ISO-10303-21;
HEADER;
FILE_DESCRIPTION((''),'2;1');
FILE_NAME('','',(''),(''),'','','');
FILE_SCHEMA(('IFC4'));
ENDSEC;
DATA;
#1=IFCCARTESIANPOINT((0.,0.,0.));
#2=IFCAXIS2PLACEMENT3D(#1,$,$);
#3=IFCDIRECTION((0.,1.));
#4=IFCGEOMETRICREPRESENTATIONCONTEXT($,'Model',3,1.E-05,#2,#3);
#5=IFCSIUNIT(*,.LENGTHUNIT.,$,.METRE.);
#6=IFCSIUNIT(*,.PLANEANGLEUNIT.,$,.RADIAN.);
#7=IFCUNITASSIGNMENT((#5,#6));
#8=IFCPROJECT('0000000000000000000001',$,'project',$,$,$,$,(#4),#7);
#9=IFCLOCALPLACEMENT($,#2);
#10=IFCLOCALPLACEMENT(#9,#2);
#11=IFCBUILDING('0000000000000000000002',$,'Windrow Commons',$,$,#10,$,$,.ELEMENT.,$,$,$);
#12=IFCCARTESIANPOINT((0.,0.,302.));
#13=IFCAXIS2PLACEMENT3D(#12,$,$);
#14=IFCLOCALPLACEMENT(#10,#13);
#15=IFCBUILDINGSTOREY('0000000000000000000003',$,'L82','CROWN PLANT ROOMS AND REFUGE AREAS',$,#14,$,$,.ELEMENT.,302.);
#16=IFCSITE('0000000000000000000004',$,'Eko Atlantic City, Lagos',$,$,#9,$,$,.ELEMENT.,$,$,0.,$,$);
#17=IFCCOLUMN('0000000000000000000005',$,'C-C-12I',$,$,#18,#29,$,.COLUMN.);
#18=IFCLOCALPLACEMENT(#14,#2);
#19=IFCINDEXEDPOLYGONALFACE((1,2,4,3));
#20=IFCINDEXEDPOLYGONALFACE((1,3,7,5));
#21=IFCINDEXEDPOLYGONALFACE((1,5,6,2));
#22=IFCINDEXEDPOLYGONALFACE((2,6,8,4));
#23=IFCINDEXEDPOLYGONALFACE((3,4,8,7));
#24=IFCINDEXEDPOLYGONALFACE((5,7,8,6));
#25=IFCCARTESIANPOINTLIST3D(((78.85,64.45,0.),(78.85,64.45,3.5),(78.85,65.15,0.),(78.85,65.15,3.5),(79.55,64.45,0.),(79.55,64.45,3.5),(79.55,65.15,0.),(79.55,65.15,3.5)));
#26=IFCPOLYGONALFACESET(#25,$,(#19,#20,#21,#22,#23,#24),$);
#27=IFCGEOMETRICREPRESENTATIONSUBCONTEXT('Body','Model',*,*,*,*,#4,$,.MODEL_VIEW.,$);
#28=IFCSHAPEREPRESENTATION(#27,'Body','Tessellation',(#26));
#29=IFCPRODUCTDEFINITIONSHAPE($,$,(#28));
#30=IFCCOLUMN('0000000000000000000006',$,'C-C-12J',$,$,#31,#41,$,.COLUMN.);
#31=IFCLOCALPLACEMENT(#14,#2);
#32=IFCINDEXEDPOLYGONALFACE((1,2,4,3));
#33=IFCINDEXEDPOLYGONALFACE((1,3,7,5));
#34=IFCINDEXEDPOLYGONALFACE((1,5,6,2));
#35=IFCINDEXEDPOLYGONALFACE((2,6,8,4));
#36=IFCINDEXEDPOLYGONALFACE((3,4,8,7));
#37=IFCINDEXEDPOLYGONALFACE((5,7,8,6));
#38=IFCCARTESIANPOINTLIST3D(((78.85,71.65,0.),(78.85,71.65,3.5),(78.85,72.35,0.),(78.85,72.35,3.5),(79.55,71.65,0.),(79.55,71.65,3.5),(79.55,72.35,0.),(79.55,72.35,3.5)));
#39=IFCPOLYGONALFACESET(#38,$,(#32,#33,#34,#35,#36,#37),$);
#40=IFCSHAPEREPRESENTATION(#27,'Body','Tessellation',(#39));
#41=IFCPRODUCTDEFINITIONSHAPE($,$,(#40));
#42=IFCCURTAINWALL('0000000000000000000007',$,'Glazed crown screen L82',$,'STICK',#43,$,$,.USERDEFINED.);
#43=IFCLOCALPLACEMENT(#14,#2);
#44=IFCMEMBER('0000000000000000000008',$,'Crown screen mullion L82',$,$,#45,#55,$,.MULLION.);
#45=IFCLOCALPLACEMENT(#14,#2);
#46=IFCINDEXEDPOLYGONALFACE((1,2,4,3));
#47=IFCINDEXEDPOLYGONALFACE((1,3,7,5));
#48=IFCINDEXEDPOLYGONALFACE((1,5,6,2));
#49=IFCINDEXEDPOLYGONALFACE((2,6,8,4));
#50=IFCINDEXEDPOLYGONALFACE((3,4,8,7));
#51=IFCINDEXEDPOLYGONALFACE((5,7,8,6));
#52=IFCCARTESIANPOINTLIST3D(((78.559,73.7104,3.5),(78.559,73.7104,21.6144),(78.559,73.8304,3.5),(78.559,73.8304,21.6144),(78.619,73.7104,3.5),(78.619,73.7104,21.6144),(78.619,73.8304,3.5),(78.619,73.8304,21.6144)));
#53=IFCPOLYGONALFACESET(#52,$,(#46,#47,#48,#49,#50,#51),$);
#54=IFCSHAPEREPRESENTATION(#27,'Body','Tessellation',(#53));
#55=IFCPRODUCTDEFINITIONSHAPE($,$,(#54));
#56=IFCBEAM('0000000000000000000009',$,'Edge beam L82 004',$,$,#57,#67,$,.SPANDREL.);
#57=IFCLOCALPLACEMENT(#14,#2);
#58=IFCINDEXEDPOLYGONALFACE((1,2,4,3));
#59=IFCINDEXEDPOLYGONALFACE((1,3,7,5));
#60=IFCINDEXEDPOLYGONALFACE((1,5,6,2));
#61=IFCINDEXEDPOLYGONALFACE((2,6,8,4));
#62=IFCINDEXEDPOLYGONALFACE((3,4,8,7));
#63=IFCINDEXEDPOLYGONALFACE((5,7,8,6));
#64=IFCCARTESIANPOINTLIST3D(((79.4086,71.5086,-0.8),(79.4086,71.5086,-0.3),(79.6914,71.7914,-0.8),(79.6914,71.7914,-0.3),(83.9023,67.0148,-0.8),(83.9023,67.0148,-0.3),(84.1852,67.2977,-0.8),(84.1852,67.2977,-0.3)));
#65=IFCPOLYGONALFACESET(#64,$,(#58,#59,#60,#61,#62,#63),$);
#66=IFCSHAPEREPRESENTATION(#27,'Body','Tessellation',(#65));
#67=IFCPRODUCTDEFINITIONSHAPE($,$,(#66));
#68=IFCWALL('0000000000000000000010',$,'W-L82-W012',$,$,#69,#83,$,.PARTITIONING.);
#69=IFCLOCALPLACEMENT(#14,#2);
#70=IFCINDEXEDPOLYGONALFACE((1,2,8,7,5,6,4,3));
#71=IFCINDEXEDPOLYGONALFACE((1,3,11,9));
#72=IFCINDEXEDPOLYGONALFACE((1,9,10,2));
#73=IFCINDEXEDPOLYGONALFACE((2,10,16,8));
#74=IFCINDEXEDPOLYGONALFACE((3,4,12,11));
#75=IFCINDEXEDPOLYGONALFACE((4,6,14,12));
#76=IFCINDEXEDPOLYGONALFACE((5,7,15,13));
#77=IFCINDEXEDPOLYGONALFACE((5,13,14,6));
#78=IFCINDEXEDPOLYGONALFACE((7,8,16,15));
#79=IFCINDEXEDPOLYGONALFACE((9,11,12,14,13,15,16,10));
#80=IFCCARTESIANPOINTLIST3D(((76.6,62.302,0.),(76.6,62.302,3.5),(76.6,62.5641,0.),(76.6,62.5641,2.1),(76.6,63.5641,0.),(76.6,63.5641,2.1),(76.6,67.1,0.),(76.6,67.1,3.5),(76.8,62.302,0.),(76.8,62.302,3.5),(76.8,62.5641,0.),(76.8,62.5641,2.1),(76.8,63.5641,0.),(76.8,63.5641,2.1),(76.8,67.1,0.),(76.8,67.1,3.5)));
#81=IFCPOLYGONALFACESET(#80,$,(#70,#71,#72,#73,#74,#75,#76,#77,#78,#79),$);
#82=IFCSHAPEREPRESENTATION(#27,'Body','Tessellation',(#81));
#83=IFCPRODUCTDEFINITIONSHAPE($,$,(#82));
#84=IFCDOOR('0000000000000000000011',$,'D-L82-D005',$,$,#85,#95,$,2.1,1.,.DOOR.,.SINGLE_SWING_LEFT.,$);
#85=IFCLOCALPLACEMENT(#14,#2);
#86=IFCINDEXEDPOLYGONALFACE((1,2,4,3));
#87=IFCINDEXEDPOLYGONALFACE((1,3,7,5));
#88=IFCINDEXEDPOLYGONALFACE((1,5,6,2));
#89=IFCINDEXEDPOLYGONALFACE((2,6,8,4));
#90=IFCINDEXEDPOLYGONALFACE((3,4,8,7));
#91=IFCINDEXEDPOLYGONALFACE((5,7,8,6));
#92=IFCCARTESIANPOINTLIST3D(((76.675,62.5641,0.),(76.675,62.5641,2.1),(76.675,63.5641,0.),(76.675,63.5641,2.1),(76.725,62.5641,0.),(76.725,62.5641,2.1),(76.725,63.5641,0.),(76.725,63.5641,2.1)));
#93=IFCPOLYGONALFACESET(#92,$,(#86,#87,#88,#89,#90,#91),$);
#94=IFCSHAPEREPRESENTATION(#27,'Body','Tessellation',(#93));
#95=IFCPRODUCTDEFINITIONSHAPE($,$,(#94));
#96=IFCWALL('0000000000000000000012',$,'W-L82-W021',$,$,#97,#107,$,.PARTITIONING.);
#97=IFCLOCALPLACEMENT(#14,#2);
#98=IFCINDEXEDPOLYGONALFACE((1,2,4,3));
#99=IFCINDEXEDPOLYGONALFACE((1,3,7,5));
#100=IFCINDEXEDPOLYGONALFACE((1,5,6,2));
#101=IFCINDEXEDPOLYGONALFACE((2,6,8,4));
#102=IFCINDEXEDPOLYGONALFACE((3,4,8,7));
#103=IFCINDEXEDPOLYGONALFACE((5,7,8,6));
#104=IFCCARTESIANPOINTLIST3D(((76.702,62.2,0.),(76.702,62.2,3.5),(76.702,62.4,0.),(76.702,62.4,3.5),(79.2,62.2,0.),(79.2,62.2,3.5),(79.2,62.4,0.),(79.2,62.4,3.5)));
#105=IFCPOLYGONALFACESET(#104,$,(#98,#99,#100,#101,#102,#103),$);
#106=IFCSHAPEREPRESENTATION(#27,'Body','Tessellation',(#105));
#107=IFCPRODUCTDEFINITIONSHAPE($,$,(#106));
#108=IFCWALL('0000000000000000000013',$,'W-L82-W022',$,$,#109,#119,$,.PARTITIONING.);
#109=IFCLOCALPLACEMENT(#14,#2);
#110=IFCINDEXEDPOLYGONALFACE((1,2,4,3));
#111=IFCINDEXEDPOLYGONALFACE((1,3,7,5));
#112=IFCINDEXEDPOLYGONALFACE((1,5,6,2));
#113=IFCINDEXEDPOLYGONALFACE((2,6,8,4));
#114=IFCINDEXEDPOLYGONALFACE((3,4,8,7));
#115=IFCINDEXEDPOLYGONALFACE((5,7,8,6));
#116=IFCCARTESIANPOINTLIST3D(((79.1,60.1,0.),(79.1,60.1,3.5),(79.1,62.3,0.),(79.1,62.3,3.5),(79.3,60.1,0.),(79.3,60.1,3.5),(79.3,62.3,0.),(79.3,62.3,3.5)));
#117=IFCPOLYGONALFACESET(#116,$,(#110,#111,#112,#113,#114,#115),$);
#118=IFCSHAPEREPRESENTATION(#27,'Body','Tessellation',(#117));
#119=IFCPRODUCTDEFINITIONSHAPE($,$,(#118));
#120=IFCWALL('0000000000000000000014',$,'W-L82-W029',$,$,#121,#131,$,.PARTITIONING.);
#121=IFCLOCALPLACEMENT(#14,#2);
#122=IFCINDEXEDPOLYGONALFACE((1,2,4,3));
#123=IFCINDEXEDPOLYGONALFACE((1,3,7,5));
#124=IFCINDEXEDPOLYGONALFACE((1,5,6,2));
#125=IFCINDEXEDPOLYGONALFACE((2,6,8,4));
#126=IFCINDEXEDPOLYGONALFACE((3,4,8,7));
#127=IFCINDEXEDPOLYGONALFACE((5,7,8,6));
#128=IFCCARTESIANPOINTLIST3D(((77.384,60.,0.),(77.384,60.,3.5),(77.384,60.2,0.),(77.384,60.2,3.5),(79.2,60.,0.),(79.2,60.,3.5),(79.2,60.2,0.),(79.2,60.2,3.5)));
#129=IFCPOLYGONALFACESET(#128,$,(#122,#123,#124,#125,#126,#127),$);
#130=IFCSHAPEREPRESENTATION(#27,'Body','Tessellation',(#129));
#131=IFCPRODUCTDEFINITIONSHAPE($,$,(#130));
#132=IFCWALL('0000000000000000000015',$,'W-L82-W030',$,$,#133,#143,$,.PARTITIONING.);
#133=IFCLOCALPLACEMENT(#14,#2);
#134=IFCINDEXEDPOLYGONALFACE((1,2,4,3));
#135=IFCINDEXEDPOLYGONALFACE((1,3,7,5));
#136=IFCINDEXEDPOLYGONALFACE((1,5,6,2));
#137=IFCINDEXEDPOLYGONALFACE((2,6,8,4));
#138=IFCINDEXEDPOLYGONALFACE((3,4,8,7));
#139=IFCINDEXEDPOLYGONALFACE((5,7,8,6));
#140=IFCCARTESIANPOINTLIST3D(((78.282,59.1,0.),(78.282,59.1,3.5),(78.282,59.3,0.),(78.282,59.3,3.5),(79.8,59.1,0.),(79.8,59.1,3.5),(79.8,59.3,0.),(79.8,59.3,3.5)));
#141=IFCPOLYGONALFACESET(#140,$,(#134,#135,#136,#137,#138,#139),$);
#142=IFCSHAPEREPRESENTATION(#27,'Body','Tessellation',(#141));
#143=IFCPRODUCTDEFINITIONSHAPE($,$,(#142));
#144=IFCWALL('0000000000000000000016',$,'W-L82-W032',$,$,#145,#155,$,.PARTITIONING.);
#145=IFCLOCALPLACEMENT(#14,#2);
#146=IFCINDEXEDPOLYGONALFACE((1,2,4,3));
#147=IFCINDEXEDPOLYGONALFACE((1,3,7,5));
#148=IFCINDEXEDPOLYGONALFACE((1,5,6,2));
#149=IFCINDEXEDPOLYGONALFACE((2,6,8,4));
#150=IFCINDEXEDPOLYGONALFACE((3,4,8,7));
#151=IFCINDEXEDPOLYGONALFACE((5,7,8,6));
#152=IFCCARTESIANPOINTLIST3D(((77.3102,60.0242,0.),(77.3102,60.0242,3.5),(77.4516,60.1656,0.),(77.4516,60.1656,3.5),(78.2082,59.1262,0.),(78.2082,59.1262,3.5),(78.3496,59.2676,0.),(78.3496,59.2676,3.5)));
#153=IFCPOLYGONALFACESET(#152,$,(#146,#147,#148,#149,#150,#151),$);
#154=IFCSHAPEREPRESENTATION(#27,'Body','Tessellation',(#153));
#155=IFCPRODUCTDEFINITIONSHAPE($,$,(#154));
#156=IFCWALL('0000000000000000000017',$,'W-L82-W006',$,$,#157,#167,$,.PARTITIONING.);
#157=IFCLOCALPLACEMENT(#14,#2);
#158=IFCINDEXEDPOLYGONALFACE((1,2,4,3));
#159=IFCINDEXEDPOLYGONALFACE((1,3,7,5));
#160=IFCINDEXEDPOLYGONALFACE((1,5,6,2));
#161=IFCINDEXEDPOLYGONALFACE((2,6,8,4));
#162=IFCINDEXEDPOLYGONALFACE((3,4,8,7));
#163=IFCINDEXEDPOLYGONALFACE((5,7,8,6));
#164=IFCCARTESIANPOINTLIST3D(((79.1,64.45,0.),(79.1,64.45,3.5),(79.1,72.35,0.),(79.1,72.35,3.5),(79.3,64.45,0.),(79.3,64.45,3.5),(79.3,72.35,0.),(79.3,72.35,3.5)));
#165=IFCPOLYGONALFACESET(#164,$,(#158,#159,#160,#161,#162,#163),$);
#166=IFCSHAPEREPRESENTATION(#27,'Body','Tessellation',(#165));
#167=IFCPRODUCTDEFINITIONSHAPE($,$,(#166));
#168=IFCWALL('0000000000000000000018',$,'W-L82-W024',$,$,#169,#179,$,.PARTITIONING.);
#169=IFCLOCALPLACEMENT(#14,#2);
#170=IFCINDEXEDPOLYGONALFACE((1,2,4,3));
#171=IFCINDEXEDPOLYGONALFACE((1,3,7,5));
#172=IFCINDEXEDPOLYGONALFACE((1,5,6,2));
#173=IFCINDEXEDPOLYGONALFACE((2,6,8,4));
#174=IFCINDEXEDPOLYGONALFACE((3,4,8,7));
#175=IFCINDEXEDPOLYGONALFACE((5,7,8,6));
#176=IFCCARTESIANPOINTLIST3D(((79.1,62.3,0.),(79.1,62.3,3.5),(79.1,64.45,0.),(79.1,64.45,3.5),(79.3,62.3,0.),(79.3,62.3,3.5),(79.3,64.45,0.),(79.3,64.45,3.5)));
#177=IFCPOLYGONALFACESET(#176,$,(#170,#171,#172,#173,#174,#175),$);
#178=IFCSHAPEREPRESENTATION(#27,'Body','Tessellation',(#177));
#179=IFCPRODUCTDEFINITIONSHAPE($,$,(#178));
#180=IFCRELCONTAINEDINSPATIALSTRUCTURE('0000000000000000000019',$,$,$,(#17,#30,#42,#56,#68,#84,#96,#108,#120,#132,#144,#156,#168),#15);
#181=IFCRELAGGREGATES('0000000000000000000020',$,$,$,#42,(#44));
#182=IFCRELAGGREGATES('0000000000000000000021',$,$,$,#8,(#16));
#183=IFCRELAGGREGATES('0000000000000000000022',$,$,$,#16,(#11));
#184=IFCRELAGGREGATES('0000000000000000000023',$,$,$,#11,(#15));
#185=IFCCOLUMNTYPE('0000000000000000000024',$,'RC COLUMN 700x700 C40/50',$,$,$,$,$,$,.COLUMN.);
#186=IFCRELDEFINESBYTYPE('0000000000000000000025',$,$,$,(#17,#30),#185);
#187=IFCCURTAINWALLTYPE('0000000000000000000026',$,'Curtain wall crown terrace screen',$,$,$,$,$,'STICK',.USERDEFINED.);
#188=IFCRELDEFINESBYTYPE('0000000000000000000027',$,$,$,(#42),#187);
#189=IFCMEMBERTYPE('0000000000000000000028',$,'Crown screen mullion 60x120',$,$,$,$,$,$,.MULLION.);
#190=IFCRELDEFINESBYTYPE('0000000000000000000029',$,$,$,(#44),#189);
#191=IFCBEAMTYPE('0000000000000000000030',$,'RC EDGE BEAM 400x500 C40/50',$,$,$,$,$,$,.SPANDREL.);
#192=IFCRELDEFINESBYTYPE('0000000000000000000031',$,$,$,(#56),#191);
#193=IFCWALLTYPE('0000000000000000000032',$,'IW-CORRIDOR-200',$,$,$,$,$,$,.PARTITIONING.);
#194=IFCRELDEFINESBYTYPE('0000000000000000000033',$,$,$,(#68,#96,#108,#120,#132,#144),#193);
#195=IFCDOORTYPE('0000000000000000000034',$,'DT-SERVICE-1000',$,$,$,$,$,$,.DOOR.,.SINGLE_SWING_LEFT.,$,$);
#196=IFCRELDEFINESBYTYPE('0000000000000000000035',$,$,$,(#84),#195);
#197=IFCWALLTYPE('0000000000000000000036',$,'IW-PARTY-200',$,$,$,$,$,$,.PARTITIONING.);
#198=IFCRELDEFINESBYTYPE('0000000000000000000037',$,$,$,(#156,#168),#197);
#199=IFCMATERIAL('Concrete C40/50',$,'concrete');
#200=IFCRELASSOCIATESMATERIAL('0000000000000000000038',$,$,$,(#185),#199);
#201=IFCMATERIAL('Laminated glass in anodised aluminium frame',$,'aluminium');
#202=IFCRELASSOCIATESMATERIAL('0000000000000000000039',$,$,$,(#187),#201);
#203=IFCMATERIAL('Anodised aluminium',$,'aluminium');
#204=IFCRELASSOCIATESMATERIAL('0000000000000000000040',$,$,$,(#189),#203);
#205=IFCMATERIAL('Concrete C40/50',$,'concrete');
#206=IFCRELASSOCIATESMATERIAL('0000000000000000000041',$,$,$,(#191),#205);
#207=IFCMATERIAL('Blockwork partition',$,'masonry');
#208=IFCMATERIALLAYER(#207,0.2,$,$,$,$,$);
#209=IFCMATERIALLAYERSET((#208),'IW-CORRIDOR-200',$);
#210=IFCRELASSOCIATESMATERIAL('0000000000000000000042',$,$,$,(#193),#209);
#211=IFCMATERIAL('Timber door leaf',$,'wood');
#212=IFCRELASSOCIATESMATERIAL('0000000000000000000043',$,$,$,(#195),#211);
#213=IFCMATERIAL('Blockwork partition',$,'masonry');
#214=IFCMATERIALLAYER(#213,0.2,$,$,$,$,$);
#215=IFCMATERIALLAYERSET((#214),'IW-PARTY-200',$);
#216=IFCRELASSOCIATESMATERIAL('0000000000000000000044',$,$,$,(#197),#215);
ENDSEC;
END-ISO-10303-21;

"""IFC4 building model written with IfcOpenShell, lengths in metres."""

from ifc_helpers import new_model, si_unit, direction, frame, frame_2d, origin, origin_2d, place, context, subcontext, project, spatial, rectangle, extrude, material, layer, layer_set, material_profile, profile_set, type_object, element, fill, aggregate, save


model = new_model("IFC4")

# Units and contexts
model_context = context("Model", 3, precision=1e-05, world=origin(), true_north=direction((0.0, 1.0)))
body_context = subcontext(model_context, "Body", "Model", "MODEL_VIEW")
ifc_project = project(units=[si_unit("LENGTHUNIT", "METRE"), si_unit("PLANEANGLEUNIT", "RADIAN")], contexts=[model_context])

# Site, building, storey
site_placement = place(None, origin())
site = spatial("IfcSite", under=ifc_project, at=site_placement, Name="Eko Atlantic City, Lagos", CompositionType="ELEMENT", RefElevation=0.0)
building_placement = place(site_placement, origin())
building = spatial("IfcBuilding", under=site, at=building_placement, Name="Windrow Commons", CompositionType="ELEMENT")
storey_placement = place(building_placement, frame((0.0, 0.0, 302.0)))
storey = spatial("IfcBuildingStorey", under=building, at=storey_placement, Name="L82", Description="CROWN PLANT ROOMS AND REFUGE AREAS", CompositionType="ELEMENT", Elevation=302.0)

# Columns
ifc_material_1 = material(Name="Concrete C40/50", Category="concrete")
ifc_material_profile_1 = material_profile(ifc_material_1, rectangle(XDim=0.7, YDim=0.7, at=origin_2d()))
ifc_profile_set_1 = profile_set([ifc_material_profile_1], Name="Concrete C40/50")
column_type = type_object("IfcColumnType", Name="RC COLUMN 700x700 C40/50", PredefinedType="COLUMN", material=ifc_profile_set_1)
for number, where, z_axis, x_axis, name in (
    (1, (79.2, 64.8, 0.0), (0.0, 0.0, 1.0), (1.0, 0.0, 0.0), "C-C-12I"),
    (2, (79.2, 72.0, 0.0), (0.0, 0.0, 1.0), (1.0, 0.0, 0.0), "C-C-12J"),
):
    element("IfcColumn", number, at=place(storey_placement, frame(where, z_axis=z_axis, x_axis=x_axis)), inside=storey, type_object=column_type, Name=name, PredefinedType="COLUMN", context=body_context, shape_type="SweptSolid", body=[
        extrude(rectangle(XDim=0.7, YDim=0.7, at=origin_2d()), origin(), (0.0, 0.0, 1.0), 3.5),
    ])

# Curtain wall, member
ifc_material_2 = material(Name="Laminated glass in anodised aluminium frame", Category="aluminium")
curtain_wall_type = type_object("IfcCurtainWallType", Name="Curtain wall crown terrace screen", ElementType="STICK", PredefinedType="USERDEFINED", material=ifc_material_2)
curtain_wall_placement = place(storey_placement, origin())
curtain_wall = element("IfcCurtainWall", 3, at=curtain_wall_placement, inside=storey, type_object=curtain_wall_type, Name="Glazed crown screen L82", ObjectType="STICK", PredefinedType="USERDEFINED")
ifc_material_3 = material(Name="Anodised aluminium", Category="aluminium")
ifc_material_profile_2 = material_profile(ifc_material_3, rectangle(XDim=0.06, YDim=0.12, at=origin_2d()))
ifc_profile_set_2 = profile_set([ifc_material_profile_2], Name="Anodised aluminium")
member_type = type_object("IfcMemberType", Name="Crown screen mullion 60x120", PredefinedType="MULLION", material=ifc_profile_set_2)
member_placement = place(storey_placement, frame((78.589, 73.7704, 3.5), z_axis=(0.0, 0.0, 1.0), x_axis=(1.0, 0.0, 0.0)))
member = element("IfcMember", 4, at=member_placement, type_object=member_type, Name="Crown screen mullion L82", PredefinedType="MULLION", context=body_context, shape_type="SweptSolid", body=[
    extrude(rectangle(XDim=0.06, YDim=0.12, at=origin_2d()), origin(), (0.0, 0.0, 1.0), 18.1144),
])
aggregate(curtain_wall, [member])

# Beam
ifc_material_4 = material(Name="Concrete C40/50", Category="concrete")
ifc_material_profile_3 = material_profile(ifc_material_4, rectangle(XDim=0.4, YDim=0.5, at=origin_2d()))
ifc_profile_set_3 = profile_set([ifc_material_profile_3], Name="Concrete C40/50")
beam_type = type_object("IfcBeamType", Name="RC EDGE BEAM 400x500 C40/50", PredefinedType="SPANDREL", material=ifc_profile_set_3)
beam_placement = place(storey_placement, frame((79.55, 71.65, -0.55), z_axis=(0.707107, -0.707107, 0.0), x_axis=(0.707107, 0.707107, 0.0)))
element("IfcBeam", 5, at=beam_placement, inside=storey, type_object=beam_type, Name="Edge beam L82 004", PredefinedType="SPANDREL", context=body_context, shape_type="SweptSolid", body=[
    extrude(rectangle(XDim=0.4, YDim=0.5, at=origin_2d()), origin(), (0.0, 0.0, 1.0), 6.3551),
])

# Wall, opening, door
ifc_material_5 = material(Name="Blockwork partition", Category="masonry")
ifc_layer_1 = layer(ifc_material_5, 0.2)
ifc_layer_set_1 = layer_set([ifc_layer_1], Name="IW-CORRIDOR-200")
wall_type_1 = type_object("IfcWallType", Name="IW-CORRIDOR-200", PredefinedType="PARTITIONING", material=ifc_layer_set_1)
wall_1_placement = place(storey_placement, frame((76.7, 62.302, 0.0), z_axis=(0.0, 0.0, 1.0), x_axis=(0.0, 1.0, 0.0)))
wall_1 = element("IfcWall", 6, at=wall_1_placement, inside=storey, type_object=wall_type_1, Name="W-L82-W012", PredefinedType="PARTITIONING", context=body_context, shape_type="SweptSolid", body=[
    extrude(rectangle(XDim=4.798, YDim=0.2, at=frame_2d((2.399, 0.0))), origin(), (0.0, 0.0, 1.0), 3.5),
])
opening_1_placement = place(wall_1_placement, frame((0.2621, 0.0, 0.0)))
opening_1 = element("IfcOpeningElement", 7, at=opening_1_placement, cuts=wall_1, PredefinedType="OPENING", context=body_context, shape_type="SweptSolid", body=[
    extrude(rectangle(XDim=1.0, YDim=2.1, at=frame_2d((0.5, 1.05))), frame((0.0, 0.11, 0.0), z_axis=(0.0, -1.0, 0.0), x_axis=(1.0, 0.0, 0.0)), (0.0, 0.0, 1.0), 0.22),
])
ifc_material_6 = material(Name="Timber door leaf", Category="wood")
door_type = type_object("IfcDoorType", Name="DT-SERVICE-1000", OperationType="SINGLE_SWING_LEFT", PredefinedType="DOOR", material=ifc_material_6)
door_placement = place(opening_1_placement, origin())
door = element("IfcDoor", 8, at=door_placement, inside=storey, type_object=door_type, Name="D-L82-D005", OperationType="SINGLE_SWING_LEFT", OverallHeight=2.1, OverallWidth=1.0, PredefinedType="DOOR", context=body_context, shape_type="SweptSolid", body=[
    extrude(rectangle(XDim=1.0, YDim=2.1, at=frame_2d((0.5, 1.05))), frame((0.0, 0.025, 0.0), z_axis=(0.0, -1.0, 0.0), x_axis=(1.0, 0.0, 0.0)), (0.0, 0.0, 1.0), 0.05),
])
fill(opening_1, door)

# Walls
wall_2_placement = place(storey_placement, frame((76.702, 62.3, 0.0), z_axis=(0.0, 0.0, 1.0), x_axis=(1.0, 0.0, 0.0)))
element("IfcWall", 9, at=wall_2_placement, inside=storey, type_object=wall_type_1, Name="W-L82-W021", PredefinedType="PARTITIONING", context=body_context, shape_type="SweptSolid", body=[
    extrude(rectangle(XDim=2.498, YDim=0.2, at=frame_2d((1.249, 0.0))), origin(), (0.0, 0.0, 1.0), 3.5),
])
wall_3_placement = place(storey_placement, frame((79.2, 60.1, 0.0), z_axis=(0.0, 0.0, 1.0), x_axis=(0.0, 1.0, 0.0)))
element("IfcWall", 10, at=wall_3_placement, inside=storey, type_object=wall_type_1, Name="W-L82-W022", PredefinedType="PARTITIONING", context=body_context, shape_type="SweptSolid", body=[
    extrude(rectangle(XDim=2.2, YDim=0.2, at=frame_2d((1.1, 0.0))), origin(), (0.0, 0.0, 1.0), 3.5),
])
wall_4_placement = place(storey_placement, frame((77.384, 60.1, 0.0), z_axis=(0.0, 0.0, 1.0), x_axis=(1.0, 0.0, 0.0)))
element("IfcWall", 11, at=wall_4_placement, inside=storey, type_object=wall_type_1, Name="W-L82-W029", PredefinedType="PARTITIONING", context=body_context, shape_type="SweptSolid", body=[
    extrude(rectangle(XDim=1.816, YDim=0.2, at=frame_2d((0.908, 0.0))), origin(), (0.0, 0.0, 1.0), 3.5),
])
wall_5_placement = place(storey_placement, frame((78.282, 59.2, 0.0), z_axis=(0.0, 0.0, 1.0), x_axis=(1.0, 0.0, 0.0)))
element("IfcWall", 12, at=wall_5_placement, inside=storey, type_object=wall_type_1, Name="W-L82-W030", PredefinedType="PARTITIONING", context=body_context, shape_type="SweptSolid", body=[
    extrude(rectangle(XDim=1.518, YDim=0.2, at=frame_2d((0.759, 0.0))), origin(), (0.0, 0.0, 1.0), 3.5),
])
wall_6_placement = place(storey_placement, frame((77.3809, 60.0949, 0.0), z_axis=(0.0, 0.0, 1.0), x_axis=(0.707107, -0.707107, 0.0)))
element("IfcWall", 13, at=wall_6_placement, inside=storey, type_object=wall_type_1, Name="W-L82-W032", PredefinedType="PARTITIONING", context=body_context, shape_type="SweptSolid", body=[
    extrude(rectangle(XDim=1.27, YDim=0.2, at=frame_2d((0.635, 0.0))), origin(), (0.0, 0.0, 1.0), 3.5),
])
ifc_material_7 = material(Name="Blockwork partition", Category="masonry")
ifc_layer_2 = layer(ifc_material_7, 0.2)
ifc_layer_set_2 = layer_set([ifc_layer_2], Name="IW-PARTY-200")
wall_type_2 = type_object("IfcWallType", Name="IW-PARTY-200", PredefinedType="PARTITIONING", material=ifc_layer_set_2)
wall_7_placement = place(storey_placement, frame((79.2, 64.45, 0.0), z_axis=(0.0, 0.0, 1.0), x_axis=(0.0, 1.0, 0.0)))
element("IfcWall", 14, at=wall_7_placement, inside=storey, type_object=wall_type_2, Name="W-L82-W006", PredefinedType="PARTITIONING", context=body_context, shape_type="SweptSolid", body=[
    extrude(rectangle(XDim=7.9, YDim=0.2, at=frame_2d((3.95, 0.0))), origin(), (0.0, 0.0, 1.0), 3.5),
])
wall_8_placement = place(storey_placement, frame((79.2, 62.3, 0.0), z_axis=(0.0, 0.0, 1.0), x_axis=(0.0, 1.0, 0.0)))
element("IfcWall", 15, at=wall_8_placement, inside=storey, type_object=wall_type_2, Name="W-L82-W024", PredefinedType="PARTITIONING", context=body_context, shape_type="SweptSolid", body=[
    extrude(rectangle(XDim=2.15, YDim=0.2, at=frame_2d((1.075, 0.0))), origin(), (0.0, 0.0, 1.0), 3.5),
])

save(model, "model.ifc")
